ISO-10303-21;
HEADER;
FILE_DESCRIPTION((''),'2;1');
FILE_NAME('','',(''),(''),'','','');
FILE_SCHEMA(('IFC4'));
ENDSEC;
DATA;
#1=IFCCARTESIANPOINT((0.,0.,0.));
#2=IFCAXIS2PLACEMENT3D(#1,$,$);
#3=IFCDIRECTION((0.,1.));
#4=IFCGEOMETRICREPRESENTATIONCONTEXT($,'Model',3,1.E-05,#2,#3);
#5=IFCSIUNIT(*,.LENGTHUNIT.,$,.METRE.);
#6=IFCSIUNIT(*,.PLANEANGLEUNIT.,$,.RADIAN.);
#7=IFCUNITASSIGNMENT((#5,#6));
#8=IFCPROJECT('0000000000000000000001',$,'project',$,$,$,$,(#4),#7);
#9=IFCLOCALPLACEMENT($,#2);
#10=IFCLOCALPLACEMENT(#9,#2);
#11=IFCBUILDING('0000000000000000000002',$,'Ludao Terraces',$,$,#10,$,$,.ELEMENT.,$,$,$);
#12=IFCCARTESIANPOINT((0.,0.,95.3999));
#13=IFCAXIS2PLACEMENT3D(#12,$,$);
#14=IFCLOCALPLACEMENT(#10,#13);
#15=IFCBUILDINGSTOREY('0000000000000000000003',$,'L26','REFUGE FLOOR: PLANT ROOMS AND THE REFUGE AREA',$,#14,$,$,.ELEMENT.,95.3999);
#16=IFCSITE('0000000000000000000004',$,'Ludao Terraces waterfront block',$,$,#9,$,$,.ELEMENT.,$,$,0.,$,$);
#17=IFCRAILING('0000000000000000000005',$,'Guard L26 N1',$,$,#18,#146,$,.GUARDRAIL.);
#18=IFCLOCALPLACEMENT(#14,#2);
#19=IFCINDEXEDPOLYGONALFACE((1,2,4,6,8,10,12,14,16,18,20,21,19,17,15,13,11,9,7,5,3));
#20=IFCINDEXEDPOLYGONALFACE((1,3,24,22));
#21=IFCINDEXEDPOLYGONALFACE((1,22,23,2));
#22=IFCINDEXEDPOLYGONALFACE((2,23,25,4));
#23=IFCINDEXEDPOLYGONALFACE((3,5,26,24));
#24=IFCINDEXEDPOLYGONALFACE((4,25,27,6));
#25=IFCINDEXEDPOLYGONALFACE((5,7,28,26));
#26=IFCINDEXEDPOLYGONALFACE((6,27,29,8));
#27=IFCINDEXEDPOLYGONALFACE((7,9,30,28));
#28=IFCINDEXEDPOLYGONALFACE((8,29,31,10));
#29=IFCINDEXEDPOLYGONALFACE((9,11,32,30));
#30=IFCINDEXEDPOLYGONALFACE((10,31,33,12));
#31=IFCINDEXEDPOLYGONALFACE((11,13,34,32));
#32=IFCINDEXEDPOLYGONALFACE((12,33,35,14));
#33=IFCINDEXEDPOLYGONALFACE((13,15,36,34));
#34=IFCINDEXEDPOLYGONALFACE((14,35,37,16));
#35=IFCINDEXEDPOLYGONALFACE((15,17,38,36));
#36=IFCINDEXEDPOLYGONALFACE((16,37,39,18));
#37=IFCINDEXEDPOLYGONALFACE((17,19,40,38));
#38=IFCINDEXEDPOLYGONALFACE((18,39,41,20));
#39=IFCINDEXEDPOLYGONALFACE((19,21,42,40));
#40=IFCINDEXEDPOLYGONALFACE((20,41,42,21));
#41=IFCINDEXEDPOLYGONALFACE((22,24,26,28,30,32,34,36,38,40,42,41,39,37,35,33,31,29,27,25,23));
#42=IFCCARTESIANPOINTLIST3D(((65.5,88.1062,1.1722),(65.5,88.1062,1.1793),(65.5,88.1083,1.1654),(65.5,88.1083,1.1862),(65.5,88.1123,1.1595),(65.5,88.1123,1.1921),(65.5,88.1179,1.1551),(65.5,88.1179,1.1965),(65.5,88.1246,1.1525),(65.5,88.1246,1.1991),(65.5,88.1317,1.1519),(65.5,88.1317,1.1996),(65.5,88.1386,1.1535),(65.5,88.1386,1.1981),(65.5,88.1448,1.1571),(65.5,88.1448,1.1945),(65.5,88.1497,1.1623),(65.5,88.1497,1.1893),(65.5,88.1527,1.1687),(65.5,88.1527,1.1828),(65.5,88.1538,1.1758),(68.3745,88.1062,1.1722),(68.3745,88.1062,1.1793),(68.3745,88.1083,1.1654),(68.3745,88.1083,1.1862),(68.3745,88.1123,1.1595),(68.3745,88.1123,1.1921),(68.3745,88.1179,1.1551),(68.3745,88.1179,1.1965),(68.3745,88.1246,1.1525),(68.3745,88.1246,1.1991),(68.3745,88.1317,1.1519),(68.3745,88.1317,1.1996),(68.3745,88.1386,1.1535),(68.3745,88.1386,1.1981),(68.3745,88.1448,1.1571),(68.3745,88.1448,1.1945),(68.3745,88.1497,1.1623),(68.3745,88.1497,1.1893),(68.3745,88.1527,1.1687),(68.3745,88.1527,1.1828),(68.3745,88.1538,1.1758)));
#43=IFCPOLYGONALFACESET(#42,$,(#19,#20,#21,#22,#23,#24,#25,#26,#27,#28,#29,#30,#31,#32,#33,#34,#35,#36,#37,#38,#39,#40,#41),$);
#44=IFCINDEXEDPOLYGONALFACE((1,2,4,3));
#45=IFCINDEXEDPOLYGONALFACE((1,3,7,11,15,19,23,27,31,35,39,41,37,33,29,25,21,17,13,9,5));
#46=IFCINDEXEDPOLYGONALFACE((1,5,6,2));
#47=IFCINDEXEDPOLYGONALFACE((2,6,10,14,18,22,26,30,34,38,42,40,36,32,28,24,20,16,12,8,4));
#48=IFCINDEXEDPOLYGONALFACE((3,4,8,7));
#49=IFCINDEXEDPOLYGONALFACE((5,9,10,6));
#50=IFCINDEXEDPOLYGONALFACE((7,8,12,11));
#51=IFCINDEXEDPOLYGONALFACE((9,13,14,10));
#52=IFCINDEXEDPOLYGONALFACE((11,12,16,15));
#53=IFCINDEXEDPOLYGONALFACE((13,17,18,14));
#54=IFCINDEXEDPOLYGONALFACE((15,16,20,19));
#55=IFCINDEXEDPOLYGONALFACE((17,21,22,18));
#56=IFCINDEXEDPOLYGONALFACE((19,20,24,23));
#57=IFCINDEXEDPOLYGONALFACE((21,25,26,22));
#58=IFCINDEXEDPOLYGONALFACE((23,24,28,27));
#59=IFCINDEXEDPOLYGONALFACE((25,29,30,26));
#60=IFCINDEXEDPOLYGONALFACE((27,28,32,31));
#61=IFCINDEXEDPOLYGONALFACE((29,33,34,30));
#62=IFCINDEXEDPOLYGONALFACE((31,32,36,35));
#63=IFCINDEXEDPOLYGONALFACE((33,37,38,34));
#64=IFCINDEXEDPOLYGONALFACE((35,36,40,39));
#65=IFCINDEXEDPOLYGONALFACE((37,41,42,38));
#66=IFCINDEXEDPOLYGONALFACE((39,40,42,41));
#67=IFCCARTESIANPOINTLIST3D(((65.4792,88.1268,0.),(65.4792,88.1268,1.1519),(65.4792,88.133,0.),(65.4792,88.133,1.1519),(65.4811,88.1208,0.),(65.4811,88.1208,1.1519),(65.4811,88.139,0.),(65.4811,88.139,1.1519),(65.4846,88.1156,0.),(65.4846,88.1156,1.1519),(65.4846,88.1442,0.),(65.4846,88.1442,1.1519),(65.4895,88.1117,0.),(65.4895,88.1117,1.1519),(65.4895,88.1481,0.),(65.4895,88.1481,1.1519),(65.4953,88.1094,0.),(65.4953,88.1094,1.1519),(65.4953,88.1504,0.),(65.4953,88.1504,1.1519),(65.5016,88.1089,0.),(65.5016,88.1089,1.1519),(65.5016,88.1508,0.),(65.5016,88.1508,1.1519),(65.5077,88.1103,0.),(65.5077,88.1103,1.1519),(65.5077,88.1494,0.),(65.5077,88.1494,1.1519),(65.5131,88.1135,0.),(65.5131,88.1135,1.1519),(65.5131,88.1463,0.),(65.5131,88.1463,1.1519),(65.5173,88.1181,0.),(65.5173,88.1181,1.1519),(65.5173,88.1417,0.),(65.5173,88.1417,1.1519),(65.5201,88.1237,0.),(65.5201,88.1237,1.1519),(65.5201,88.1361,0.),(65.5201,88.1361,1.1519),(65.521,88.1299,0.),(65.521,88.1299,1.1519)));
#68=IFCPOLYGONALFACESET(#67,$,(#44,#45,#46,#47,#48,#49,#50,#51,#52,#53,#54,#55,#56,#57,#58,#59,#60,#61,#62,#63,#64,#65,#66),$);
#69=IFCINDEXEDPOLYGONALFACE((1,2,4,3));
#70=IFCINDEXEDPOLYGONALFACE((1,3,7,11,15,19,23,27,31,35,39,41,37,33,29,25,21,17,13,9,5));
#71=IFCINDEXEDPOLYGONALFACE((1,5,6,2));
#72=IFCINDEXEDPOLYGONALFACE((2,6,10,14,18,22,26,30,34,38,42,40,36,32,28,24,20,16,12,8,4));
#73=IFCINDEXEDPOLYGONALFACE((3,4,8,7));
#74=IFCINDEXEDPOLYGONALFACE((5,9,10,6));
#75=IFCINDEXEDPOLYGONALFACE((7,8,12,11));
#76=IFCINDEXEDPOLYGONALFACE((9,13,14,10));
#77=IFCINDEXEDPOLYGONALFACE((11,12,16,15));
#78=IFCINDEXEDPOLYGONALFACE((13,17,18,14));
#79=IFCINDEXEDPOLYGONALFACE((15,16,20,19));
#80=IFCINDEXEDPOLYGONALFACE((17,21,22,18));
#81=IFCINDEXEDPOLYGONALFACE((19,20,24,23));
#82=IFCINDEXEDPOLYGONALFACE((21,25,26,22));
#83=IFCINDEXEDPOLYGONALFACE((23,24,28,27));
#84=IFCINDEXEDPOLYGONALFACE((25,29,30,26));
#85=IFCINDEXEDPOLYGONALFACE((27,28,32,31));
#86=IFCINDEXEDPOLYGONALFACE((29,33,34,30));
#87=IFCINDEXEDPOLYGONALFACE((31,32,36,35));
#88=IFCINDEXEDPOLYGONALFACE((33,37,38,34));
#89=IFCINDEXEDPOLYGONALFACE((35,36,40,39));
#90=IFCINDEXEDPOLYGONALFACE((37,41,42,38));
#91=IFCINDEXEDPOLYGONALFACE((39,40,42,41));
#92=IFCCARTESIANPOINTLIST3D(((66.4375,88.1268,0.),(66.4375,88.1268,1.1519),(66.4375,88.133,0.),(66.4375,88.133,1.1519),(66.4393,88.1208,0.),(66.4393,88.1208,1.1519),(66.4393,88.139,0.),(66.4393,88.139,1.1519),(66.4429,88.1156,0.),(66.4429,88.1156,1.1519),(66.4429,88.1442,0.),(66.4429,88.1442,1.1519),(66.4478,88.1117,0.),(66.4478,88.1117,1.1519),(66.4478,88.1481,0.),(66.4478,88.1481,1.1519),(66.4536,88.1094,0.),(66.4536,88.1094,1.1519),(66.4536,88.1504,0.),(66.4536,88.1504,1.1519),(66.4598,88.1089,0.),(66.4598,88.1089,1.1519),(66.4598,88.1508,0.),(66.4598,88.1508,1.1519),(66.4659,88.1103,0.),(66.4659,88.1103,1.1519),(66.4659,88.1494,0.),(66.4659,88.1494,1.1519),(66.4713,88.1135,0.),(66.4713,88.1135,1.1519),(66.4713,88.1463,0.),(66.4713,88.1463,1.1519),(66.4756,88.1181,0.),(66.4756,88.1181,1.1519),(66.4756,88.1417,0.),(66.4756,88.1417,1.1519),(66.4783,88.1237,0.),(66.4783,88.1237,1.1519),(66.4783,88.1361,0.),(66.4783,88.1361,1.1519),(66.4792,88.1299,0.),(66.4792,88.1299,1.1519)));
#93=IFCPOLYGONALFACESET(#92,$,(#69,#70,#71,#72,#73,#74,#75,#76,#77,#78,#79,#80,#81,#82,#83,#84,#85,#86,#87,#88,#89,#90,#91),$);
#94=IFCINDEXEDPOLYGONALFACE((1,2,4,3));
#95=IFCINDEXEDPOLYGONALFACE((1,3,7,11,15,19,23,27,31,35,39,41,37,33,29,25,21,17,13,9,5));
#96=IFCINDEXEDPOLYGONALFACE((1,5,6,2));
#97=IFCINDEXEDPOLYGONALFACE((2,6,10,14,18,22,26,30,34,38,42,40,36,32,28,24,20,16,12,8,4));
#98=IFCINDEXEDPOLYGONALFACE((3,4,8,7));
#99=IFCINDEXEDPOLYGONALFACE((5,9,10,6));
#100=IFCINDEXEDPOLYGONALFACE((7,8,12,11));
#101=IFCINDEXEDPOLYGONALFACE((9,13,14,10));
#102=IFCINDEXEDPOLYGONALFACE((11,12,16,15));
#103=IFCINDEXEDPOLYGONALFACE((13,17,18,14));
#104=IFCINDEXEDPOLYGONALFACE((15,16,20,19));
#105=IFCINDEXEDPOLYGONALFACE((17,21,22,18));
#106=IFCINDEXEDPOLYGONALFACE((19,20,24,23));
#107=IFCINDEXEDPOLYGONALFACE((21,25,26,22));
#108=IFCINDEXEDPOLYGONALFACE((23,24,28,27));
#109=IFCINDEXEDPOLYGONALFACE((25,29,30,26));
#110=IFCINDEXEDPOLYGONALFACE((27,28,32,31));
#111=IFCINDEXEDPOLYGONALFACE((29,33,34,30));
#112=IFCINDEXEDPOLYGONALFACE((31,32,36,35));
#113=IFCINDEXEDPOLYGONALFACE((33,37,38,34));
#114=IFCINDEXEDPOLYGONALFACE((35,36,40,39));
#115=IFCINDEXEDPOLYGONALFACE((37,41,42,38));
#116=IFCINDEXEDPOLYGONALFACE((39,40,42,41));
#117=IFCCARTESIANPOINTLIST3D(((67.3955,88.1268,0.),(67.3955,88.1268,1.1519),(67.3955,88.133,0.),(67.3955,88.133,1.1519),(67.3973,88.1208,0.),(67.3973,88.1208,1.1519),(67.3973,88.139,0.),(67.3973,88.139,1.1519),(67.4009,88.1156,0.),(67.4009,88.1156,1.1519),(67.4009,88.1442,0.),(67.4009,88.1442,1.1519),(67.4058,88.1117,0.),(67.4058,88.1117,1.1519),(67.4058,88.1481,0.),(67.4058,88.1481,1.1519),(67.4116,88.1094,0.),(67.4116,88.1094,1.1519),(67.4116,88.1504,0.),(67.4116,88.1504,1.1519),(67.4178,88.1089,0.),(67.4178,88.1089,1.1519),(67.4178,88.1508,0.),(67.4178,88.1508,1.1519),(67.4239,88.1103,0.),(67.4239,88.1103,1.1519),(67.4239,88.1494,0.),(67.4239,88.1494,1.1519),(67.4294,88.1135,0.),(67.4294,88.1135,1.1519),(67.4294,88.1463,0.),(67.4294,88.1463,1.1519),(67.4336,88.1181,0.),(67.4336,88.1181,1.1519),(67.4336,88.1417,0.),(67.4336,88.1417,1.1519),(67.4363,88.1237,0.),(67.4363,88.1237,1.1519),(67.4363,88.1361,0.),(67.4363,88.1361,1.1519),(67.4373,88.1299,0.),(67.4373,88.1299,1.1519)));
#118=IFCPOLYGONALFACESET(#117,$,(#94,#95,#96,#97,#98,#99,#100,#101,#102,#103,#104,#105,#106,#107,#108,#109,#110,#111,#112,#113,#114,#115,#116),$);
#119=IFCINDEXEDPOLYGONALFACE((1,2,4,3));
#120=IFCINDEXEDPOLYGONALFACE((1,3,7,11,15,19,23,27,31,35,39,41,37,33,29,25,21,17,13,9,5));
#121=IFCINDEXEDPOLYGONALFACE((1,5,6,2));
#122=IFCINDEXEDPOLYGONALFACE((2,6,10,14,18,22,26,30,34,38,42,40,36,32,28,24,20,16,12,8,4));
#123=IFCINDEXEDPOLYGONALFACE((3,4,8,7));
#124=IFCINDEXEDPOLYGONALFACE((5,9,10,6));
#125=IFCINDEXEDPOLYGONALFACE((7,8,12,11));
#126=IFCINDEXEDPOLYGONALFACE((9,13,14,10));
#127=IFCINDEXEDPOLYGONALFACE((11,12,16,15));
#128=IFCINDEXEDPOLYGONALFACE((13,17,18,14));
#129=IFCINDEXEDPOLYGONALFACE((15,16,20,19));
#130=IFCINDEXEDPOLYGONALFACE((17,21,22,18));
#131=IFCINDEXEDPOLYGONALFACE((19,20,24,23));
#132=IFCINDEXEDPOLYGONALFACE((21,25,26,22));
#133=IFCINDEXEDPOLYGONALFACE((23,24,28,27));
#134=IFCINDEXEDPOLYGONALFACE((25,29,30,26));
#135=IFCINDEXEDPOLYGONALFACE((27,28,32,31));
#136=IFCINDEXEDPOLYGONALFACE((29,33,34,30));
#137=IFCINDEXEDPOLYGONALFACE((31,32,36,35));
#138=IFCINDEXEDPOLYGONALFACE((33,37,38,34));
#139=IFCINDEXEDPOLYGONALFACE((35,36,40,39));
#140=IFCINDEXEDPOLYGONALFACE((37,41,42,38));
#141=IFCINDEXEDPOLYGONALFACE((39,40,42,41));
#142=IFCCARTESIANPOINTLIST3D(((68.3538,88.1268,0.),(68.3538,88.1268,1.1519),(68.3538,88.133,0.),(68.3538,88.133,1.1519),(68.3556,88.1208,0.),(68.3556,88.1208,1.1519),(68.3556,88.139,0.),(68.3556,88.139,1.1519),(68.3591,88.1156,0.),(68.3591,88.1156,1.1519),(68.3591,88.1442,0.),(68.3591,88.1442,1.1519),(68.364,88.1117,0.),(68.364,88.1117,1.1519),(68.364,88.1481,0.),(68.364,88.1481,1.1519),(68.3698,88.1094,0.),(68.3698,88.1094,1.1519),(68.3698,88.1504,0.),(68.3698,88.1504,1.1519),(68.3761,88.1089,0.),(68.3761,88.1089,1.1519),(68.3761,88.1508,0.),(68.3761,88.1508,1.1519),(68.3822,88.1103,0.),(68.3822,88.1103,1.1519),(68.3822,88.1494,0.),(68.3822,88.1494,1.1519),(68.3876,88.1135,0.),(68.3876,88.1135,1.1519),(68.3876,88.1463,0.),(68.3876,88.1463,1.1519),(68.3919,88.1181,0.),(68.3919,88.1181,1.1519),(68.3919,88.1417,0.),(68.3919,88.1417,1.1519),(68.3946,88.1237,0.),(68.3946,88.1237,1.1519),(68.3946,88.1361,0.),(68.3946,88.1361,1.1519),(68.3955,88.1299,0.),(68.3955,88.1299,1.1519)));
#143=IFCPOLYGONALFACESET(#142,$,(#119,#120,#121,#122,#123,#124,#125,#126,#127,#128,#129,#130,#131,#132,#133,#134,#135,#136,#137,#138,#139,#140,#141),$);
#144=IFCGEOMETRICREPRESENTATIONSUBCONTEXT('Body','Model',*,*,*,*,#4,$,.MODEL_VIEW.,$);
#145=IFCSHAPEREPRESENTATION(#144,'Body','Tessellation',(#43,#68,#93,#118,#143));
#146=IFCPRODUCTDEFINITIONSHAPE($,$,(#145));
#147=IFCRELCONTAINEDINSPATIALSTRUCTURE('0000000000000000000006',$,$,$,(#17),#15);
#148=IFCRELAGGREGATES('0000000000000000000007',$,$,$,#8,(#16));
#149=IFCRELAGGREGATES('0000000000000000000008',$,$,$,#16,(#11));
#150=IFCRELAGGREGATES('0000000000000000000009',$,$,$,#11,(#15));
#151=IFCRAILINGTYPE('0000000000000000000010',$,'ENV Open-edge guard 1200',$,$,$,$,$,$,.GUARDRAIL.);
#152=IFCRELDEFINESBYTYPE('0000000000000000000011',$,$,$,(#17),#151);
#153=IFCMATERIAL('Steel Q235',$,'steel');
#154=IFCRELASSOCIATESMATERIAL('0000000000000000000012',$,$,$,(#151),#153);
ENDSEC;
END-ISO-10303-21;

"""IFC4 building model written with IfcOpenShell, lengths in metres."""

from ifc_helpers import new_model, si_unit, direction, frame, origin, origin_2d, place, context, subcontext, project, spatial, circle, extrude, material, type_object, element, save


model = new_model("IFC4")

# Units and contexts
model_context = context("Model", 3, precision=1e-05, world=origin(), true_north=direction((0.0, 1.0)))
body_context = subcontext(model_context, "Body", "Model", "MODEL_VIEW")
ifc_project = project(units=[si_unit("LENGTHUNIT", "METRE"), si_unit("PLANEANGLEUNIT", "RADIAN")], contexts=[model_context])

# Site, building, storey
site_placement = place(None, origin())
site = spatial("IfcSite", under=ifc_project, at=site_placement, Name="Ludao Terraces waterfront block", CompositionType="ELEMENT", RefElevation=0.0)
building_placement = place(site_placement, origin())
building = spatial("IfcBuilding", under=site, at=building_placement, Name="Ludao Terraces", CompositionType="ELEMENT")
storey_placement = place(building_placement, frame((0.0, 0.0, 95.3999)))
storey = spatial("IfcBuildingStorey", under=building, at=storey_placement, Name="L26", Description="REFUGE FLOOR: PLANT ROOMS AND THE REFUGE AREA", CompositionType="ELEMENT", Elevation=95.3999)

# Shared definitions
ifc_material_1 = material(Name="Steel Q235", Category="steel")

# Railing
railing_type = type_object("IfcRailingType", Name="ENV Open-edge guard 1200", PredefinedType="GUARDRAIL", material=ifc_material_1)
railing_1_placement = place(storey_placement, frame((65.5, 88.1299, 0.0)))
element("IfcRailing", 1, at=railing_1_placement, inside=storey, type_object=railing_type, Name="Guard L26 N1", PredefinedType="GUARDRAIL", context=body_context, shape_type="SweptSolid", body=[
    extrude(circle(Radius=0.0239, at=origin_2d()), frame((0.0, 0.0, 1.1758), z_axis=(1.0, 0.0, 0.0), x_axis=(0.0, 1.0, 0.0)), (0.0, 0.0, 1.0), 2.8745),
    extrude(circle(Radius=0.021, at=origin_2d()), origin(), (0.0, 0.0, 1.0), 1.1519),
    extrude(circle(Radius=0.021, at=origin_2d()), frame((0.9583, 0.0, 0.0)), (0.0, 0.0, 1.0), 1.1519),
    extrude(circle(Radius=0.021, at=origin_2d()), frame((1.9163, 0.0, 0.0)), (0.0, 0.0, 1.0), 1.1519),
    extrude(circle(Radius=0.021, at=origin_2d()), frame((2.8745, 0.0, 0.0)), (0.0, 0.0, 1.0), 1.1519),
])

save(model, "model.ifc")
